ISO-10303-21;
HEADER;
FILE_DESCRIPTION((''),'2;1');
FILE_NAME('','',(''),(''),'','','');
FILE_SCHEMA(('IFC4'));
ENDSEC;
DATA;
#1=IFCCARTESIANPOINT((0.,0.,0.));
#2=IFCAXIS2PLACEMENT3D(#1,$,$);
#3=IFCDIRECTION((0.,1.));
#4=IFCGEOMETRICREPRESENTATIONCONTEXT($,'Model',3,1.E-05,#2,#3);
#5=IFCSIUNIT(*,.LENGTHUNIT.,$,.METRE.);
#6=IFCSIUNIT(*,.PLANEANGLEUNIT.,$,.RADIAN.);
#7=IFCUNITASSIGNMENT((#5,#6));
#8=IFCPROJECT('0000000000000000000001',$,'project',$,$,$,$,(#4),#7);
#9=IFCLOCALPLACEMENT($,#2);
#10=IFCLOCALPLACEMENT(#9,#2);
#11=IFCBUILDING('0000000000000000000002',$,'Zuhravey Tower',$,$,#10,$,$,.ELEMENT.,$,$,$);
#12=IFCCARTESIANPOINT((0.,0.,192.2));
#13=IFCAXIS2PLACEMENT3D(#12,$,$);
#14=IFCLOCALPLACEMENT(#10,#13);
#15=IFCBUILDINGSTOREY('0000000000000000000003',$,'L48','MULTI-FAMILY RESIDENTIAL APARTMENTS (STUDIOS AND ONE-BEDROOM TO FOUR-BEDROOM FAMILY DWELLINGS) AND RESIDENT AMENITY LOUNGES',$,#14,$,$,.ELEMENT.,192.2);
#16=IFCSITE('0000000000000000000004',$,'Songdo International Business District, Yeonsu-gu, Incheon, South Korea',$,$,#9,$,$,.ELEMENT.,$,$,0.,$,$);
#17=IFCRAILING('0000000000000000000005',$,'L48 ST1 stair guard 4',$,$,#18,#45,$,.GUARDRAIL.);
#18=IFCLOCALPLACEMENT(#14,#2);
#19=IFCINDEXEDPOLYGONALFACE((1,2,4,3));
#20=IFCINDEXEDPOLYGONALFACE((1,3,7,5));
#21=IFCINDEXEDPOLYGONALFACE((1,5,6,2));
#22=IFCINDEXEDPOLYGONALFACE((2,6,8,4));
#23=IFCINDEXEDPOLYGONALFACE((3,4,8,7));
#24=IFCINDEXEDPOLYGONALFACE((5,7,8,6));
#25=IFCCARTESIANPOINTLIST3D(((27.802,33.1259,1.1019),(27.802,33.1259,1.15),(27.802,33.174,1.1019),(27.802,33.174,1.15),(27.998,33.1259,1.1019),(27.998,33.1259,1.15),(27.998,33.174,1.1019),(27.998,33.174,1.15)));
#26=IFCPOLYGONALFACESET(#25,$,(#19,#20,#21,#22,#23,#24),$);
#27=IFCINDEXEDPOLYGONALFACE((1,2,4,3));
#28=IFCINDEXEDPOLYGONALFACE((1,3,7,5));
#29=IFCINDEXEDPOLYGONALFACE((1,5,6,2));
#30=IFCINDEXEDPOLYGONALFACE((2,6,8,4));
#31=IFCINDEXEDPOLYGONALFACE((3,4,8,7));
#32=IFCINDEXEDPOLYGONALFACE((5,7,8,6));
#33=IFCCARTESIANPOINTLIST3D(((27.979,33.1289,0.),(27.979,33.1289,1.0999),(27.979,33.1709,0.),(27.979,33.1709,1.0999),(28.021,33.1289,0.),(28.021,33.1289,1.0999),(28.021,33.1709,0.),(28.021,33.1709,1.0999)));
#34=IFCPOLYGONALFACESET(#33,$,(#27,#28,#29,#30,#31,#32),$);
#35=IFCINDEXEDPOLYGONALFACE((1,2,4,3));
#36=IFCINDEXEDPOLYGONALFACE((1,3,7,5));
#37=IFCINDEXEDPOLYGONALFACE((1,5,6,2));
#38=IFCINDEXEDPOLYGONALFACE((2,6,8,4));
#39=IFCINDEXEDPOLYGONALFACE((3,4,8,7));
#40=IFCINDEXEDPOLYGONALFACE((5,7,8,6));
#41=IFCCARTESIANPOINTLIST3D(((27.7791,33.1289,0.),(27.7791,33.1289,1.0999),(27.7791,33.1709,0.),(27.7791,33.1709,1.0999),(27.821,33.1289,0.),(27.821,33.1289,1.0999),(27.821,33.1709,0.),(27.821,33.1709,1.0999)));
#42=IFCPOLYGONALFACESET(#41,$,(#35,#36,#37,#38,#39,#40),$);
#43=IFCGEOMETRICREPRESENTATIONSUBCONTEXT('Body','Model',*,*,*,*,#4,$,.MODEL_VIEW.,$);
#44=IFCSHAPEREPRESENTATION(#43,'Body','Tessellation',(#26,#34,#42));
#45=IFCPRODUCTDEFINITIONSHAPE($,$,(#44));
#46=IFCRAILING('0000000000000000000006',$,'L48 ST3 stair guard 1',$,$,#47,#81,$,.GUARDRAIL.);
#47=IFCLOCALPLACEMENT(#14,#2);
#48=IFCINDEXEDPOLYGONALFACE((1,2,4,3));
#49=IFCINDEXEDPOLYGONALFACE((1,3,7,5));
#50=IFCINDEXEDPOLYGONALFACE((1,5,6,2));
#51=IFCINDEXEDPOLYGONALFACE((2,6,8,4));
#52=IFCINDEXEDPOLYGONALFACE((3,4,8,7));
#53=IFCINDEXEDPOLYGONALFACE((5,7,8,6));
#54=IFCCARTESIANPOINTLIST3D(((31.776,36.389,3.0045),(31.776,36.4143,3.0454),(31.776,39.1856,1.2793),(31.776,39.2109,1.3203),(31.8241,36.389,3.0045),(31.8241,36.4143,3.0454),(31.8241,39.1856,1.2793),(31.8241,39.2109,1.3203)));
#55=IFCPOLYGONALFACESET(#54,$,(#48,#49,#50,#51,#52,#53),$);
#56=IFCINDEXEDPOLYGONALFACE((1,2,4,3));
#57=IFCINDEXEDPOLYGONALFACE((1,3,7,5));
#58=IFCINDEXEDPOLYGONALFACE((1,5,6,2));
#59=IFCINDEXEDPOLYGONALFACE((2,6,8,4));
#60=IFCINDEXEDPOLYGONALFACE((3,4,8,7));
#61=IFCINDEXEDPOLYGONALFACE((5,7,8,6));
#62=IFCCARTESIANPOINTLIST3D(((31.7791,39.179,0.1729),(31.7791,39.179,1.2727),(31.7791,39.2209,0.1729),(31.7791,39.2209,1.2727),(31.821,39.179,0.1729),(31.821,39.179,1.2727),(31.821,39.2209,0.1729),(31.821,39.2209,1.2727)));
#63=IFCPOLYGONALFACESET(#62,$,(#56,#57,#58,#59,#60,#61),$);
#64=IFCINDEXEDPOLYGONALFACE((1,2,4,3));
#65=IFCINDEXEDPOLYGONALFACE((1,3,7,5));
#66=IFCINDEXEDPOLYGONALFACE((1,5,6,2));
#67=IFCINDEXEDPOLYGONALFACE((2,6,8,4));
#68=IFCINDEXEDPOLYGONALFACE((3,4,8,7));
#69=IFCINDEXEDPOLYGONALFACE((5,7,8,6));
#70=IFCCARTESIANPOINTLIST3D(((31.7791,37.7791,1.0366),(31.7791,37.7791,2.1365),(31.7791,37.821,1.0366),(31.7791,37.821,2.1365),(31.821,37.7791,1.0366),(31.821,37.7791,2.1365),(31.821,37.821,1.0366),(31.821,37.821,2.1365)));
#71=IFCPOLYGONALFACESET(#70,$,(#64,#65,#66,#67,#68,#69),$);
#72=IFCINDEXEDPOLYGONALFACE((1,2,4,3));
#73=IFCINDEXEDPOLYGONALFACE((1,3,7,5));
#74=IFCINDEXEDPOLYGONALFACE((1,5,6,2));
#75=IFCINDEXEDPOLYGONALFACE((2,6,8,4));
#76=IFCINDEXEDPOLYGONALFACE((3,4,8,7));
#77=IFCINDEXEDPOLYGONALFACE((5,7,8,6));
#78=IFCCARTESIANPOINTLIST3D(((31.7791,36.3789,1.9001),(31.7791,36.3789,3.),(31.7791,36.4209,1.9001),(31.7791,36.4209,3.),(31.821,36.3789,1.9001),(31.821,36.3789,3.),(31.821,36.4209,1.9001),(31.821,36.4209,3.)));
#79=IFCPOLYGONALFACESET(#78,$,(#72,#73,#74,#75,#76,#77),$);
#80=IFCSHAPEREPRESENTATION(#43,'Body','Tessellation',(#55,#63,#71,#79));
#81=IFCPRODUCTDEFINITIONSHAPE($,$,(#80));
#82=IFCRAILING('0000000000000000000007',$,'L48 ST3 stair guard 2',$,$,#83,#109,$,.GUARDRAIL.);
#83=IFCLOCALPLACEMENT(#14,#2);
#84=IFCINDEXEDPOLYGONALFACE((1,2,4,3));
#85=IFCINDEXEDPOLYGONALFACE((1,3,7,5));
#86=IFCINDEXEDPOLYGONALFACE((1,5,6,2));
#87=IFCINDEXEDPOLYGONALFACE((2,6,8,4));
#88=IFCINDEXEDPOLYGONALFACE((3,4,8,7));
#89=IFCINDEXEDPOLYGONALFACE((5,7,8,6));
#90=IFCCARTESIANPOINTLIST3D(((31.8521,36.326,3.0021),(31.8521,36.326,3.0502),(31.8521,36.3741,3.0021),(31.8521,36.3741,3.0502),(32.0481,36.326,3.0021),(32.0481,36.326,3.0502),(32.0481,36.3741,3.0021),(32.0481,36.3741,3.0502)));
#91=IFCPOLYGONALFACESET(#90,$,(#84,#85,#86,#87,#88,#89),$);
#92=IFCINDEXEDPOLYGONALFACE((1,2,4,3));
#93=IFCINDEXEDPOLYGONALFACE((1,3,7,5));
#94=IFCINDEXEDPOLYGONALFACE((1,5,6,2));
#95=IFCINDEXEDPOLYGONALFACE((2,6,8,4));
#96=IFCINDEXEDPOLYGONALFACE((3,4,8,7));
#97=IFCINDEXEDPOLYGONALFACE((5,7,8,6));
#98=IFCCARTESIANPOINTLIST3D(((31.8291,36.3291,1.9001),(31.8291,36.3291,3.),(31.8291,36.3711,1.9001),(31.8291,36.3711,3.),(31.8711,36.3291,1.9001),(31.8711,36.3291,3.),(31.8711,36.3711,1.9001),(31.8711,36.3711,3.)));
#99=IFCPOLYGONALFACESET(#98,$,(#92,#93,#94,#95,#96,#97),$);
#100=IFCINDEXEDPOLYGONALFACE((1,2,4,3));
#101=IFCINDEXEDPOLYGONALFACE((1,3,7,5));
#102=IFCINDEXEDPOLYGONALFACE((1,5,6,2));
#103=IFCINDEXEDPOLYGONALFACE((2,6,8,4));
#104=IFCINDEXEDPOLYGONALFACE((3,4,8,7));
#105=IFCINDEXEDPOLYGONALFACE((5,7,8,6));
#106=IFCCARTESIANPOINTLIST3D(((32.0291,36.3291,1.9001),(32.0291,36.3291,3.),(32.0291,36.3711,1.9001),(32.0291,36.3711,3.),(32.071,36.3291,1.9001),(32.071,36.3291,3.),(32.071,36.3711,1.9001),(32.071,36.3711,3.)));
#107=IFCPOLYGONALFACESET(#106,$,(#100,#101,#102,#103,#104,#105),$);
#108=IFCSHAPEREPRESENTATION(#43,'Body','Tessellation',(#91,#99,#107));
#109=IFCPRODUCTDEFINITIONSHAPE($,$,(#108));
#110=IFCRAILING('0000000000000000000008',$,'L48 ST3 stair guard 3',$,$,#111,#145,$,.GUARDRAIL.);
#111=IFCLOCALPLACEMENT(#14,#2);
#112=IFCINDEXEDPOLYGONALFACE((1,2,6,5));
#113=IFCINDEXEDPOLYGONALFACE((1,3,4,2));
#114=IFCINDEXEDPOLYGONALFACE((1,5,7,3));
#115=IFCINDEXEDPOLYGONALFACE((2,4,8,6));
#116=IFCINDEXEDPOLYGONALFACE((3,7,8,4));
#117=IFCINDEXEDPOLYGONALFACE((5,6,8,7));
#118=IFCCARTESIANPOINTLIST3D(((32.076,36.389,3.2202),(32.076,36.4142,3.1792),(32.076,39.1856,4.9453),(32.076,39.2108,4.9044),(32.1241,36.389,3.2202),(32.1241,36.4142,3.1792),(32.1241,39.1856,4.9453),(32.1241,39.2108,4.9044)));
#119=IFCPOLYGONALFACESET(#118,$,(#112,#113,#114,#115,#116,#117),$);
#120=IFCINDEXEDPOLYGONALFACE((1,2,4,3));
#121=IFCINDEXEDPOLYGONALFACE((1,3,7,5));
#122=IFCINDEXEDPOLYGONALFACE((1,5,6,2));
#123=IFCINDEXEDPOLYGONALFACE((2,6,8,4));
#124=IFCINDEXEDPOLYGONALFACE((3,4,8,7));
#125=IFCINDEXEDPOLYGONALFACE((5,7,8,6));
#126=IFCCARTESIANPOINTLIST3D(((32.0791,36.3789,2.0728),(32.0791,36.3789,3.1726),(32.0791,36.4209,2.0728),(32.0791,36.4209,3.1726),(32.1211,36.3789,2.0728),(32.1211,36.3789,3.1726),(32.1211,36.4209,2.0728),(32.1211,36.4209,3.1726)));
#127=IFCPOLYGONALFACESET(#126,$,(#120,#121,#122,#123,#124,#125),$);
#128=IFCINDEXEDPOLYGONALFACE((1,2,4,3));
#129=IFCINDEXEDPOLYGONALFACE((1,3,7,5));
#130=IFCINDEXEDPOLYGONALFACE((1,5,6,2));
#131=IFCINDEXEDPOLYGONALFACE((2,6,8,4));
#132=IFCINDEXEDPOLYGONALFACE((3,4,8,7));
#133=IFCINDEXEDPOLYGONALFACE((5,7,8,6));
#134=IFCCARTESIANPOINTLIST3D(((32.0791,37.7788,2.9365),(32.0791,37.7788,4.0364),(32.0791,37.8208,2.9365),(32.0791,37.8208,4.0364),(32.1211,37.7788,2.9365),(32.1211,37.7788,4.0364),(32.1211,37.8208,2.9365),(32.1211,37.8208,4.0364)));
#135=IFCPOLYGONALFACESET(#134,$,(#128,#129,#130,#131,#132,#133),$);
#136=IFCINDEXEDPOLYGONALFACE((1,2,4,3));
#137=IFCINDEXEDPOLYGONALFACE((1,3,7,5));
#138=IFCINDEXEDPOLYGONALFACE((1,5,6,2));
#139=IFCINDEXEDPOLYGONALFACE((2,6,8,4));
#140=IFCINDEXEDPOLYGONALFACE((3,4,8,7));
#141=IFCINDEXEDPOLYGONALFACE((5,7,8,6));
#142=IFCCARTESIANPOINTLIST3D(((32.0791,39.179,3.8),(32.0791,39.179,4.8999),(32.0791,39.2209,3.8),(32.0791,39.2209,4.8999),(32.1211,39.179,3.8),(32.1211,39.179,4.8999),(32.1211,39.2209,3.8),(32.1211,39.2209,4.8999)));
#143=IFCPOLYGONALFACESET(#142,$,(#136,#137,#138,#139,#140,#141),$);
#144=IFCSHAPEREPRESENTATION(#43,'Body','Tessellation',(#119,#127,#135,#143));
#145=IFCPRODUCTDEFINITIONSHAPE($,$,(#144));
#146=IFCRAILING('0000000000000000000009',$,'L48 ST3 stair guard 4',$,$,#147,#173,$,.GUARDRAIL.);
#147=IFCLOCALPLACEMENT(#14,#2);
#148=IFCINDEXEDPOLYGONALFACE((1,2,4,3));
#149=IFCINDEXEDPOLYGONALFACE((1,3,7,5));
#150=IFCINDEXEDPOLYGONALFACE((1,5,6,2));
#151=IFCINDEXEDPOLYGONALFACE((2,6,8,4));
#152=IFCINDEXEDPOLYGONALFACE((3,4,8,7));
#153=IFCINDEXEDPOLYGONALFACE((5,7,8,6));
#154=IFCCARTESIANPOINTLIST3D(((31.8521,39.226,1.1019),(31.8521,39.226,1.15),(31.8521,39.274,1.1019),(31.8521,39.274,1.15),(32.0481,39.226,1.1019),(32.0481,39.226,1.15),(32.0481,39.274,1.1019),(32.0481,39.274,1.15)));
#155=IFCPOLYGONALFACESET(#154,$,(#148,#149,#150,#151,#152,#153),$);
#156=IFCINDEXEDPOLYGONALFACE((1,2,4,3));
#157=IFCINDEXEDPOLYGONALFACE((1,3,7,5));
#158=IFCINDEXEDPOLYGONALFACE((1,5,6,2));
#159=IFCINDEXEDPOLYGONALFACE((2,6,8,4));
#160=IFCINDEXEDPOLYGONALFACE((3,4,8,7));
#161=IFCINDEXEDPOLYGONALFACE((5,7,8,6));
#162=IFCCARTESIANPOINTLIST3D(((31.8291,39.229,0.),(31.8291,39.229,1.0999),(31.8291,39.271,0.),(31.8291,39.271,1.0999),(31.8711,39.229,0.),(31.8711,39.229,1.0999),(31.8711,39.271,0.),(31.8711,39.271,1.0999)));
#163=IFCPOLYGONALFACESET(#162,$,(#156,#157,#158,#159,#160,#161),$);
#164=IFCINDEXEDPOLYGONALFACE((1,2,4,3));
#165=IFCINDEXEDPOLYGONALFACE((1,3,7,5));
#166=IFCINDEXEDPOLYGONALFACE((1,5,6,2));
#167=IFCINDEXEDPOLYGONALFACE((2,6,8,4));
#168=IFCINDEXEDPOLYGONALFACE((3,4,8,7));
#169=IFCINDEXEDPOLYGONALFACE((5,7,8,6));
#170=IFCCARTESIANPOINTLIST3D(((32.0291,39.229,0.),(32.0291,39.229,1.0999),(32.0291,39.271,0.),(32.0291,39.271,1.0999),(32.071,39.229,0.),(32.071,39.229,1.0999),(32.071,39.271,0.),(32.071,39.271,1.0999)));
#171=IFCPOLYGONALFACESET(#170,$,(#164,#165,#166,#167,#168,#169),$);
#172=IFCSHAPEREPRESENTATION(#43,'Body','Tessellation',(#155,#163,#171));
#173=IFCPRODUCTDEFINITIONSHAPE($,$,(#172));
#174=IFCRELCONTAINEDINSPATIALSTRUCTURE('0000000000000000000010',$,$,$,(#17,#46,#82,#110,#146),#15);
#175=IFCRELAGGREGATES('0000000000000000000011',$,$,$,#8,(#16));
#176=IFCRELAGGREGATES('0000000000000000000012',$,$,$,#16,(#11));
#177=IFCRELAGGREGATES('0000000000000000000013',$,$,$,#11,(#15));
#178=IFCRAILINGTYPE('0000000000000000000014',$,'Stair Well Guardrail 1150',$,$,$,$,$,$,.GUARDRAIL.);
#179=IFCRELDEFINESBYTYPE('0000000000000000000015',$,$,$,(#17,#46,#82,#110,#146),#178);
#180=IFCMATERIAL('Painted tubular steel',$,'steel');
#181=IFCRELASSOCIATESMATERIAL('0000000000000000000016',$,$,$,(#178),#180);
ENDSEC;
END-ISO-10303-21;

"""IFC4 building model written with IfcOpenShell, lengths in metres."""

from ifc_helpers import new_model, si_unit, direction, frame, origin, origin_2d, place, context, subcontext, project, spatial, rectangle, extrude, material, type_object, element, save


model = new_model("IFC4")

# Units and contexts
model_context = context("Model", 3, precision=1e-05, world=origin(), true_north=direction((0.0, 1.0)))
body_context = subcontext(model_context, "Body", "Model", "MODEL_VIEW")
ifc_project = project(units=[si_unit("LENGTHUNIT", "METRE"), si_unit("PLANEANGLEUNIT", "RADIAN")], contexts=[model_context])

# Site, building, storey
site_placement = place(None, origin())
site = spatial("IfcSite", under=ifc_project, at=site_placement, Name="Songdo International Business District, Yeonsu-gu, Incheon, South Korea", CompositionType="ELEMENT", RefElevation=0.0)
building_placement = place(site_placement, origin())
building = spatial("IfcBuilding", under=site, at=building_placement, Name="Zuhravey Tower", CompositionType="ELEMENT")
storey_placement = place(building_placement, frame((0.0, 0.0, 192.2)))
storey = spatial("IfcBuildingStorey", under=building, at=storey_placement, Name="L48", Description="MULTI-FAMILY RESIDENTIAL APARTMENTS (STUDIOS AND ONE-BEDROOM TO FOUR-BEDROOM FAMILY DWELLINGS) AND RESIDENT AMENITY LOUNGES", CompositionType="ELEMENT", Elevation=192.2)

# Railings
ifc_material_1 = material(Name="Painted tubular steel", Category="steel")
railing_type_1 = type_object("IfcRailingType", Name="Stair Well Guardrail 1150", PredefinedType="GUARDRAIL", material=ifc_material_1)
railing_1_placement = place(storey_placement, frame((28.0, 33.1499, 0.0)))
element("IfcRailing", 1, at=railing_1_placement, inside=storey, type_object=railing_type_1, Name="L48 ST1 stair guard 4", PredefinedType="GUARDRAIL", context=body_context, shape_type="SweptSolid", body=[
    extrude(rectangle(XDim=0.0481, YDim=0.0481, at=origin_2d()), frame((-0.002, 0.0, 1.126), z_axis=(-1.0, 0.0, 0.0), x_axis=(0.0, -1.0, 0.0)), (0.0, 0.0, 1.0), 0.196),
    extrude(rectangle(XDim=0.042, YDim=0.042, at=origin_2d()), origin(), (0.0, 0.0, 1.0), 1.0999),
    extrude(rectangle(XDim=0.042, YDim=0.042, at=origin_2d()), frame((-0.2, 0.0, 0.0)), (0.0, 0.0, 1.0), 1.0999),
])
railing_2_placement = place(storey_placement, frame((31.8, 39.2, 0.1729)))
element("IfcRailing", 2, at=railing_2_placement, inside=storey, type_object=railing_type_1, Name="L48 ST3 stair guard 1", PredefinedType="GUARDRAIL", context=body_context, shape_type="SweptSolid", body=[
    extrude(rectangle(XDim=0.0481, YDim=0.0481, at=origin_2d()), frame((0.0, -0.0017, 1.127), z_axis=(0.0, -0.85109, 0.52502), x_axis=(1.0, 0.0, 0.0)), (0.0, 0.0, 1.0), 3.2859),
    extrude(rectangle(XDim=0.042, YDim=0.042, at=origin_2d()), origin(), (0.0, 0.0, 1.0), 1.0999),
    extrude(rectangle(XDim=0.042, YDim=0.042, at=origin_2d()), frame((0.0, -1.3999, 0.8638)), (0.0, 0.0, 1.0), 1.0999),
    extrude(rectangle(XDim=0.042, YDim=0.042, at=origin_2d()), frame((0.0, -2.8, 1.7273)), (0.0, 0.0, 1.0), 1.0999),
])
railing_3_placement = place(storey_placement, frame((31.8501, 36.3501, 1.9001)))
element("IfcRailing", 3, at=railing_3_placement, inside=storey, type_object=railing_type_1, Name="L48 ST3 stair guard 2", PredefinedType="GUARDRAIL", context=body_context, shape_type="SweptSolid", body=[
    extrude(rectangle(XDim=0.0481, YDim=0.0481, at=origin_2d()), frame((0.002, 0.0, 1.126), z_axis=(1.0, 0.0, 0.0), x_axis=(0.0, 1.0, 0.0)), (0.0, 0.0, 1.0), 0.196),
    extrude(rectangle(XDim=0.042, YDim=0.042, at=origin_2d()), origin(), (0.0, 0.0, 1.0), 1.0999),
    extrude(rectangle(XDim=0.042, YDim=0.042, at=origin_2d()), frame((0.2, 0.0, 0.0)), (0.0, 0.0, 1.0), 1.0999),
])
railing_4_placement = place(storey_placement, frame((32.1001, 36.3999, 2.0728)))
element("IfcRailing", 4, at=railing_4_placement, inside=storey, type_object=railing_type_1, Name="L48 ST3 stair guard 3", PredefinedType="GUARDRAIL", context=body_context, shape_type="SweptSolid", body=[
    extrude(rectangle(XDim=0.0481, YDim=0.0481, at=origin_2d()), frame((0.0, 0.0017, 1.127), z_axis=(0.0, 0.85109, 0.52502), x_axis=(-1.0, 0.0, 0.0)), (0.0, 0.0, 1.0), 3.2859),
    extrude(rectangle(XDim=0.042, YDim=0.042, at=origin_2d()), origin(), (0.0, 0.0, 1.0), 1.0999),
    extrude(rectangle(XDim=0.042, YDim=0.042, at=origin_2d()), frame((0.0, 1.3999, 0.8638)), (0.0, 0.0, 1.0), 1.0999),
    extrude(rectangle(XDim=0.042, YDim=0.042, at=origin_2d()), frame((0.0, 2.8, 1.7273)), (0.0, 0.0, 1.0), 1.0999),
])
railing_5_placement = place(storey_placement, frame((31.8501, 39.25, 0.0)))
element("IfcRailing", 5, at=railing_5_placement, inside=storey, type_object=railing_type_1, Name="L48 ST3 stair guard 4", PredefinedType="GUARDRAIL", context=body_context, shape_type="SweptSolid", body=[
    extrude(rectangle(XDim=0.0481, YDim=0.0481, at=origin_2d()), frame((0.002, 0.0, 1.126), z_axis=(1.0, 0.0, 0.0), x_axis=(0.0, 1.0, 0.0)), (0.0, 0.0, 1.0), 0.196),
    extrude(rectangle(XDim=0.042, YDim=0.042, at=origin_2d()), origin(), (0.0, 0.0, 1.0), 1.0999),
    extrude(rectangle(XDim=0.042, YDim=0.042, at=origin_2d()), frame((0.2, 0.0, 0.0)), (0.0, 0.0, 1.0), 1.0999),
])

save(model, "model.ifc")
